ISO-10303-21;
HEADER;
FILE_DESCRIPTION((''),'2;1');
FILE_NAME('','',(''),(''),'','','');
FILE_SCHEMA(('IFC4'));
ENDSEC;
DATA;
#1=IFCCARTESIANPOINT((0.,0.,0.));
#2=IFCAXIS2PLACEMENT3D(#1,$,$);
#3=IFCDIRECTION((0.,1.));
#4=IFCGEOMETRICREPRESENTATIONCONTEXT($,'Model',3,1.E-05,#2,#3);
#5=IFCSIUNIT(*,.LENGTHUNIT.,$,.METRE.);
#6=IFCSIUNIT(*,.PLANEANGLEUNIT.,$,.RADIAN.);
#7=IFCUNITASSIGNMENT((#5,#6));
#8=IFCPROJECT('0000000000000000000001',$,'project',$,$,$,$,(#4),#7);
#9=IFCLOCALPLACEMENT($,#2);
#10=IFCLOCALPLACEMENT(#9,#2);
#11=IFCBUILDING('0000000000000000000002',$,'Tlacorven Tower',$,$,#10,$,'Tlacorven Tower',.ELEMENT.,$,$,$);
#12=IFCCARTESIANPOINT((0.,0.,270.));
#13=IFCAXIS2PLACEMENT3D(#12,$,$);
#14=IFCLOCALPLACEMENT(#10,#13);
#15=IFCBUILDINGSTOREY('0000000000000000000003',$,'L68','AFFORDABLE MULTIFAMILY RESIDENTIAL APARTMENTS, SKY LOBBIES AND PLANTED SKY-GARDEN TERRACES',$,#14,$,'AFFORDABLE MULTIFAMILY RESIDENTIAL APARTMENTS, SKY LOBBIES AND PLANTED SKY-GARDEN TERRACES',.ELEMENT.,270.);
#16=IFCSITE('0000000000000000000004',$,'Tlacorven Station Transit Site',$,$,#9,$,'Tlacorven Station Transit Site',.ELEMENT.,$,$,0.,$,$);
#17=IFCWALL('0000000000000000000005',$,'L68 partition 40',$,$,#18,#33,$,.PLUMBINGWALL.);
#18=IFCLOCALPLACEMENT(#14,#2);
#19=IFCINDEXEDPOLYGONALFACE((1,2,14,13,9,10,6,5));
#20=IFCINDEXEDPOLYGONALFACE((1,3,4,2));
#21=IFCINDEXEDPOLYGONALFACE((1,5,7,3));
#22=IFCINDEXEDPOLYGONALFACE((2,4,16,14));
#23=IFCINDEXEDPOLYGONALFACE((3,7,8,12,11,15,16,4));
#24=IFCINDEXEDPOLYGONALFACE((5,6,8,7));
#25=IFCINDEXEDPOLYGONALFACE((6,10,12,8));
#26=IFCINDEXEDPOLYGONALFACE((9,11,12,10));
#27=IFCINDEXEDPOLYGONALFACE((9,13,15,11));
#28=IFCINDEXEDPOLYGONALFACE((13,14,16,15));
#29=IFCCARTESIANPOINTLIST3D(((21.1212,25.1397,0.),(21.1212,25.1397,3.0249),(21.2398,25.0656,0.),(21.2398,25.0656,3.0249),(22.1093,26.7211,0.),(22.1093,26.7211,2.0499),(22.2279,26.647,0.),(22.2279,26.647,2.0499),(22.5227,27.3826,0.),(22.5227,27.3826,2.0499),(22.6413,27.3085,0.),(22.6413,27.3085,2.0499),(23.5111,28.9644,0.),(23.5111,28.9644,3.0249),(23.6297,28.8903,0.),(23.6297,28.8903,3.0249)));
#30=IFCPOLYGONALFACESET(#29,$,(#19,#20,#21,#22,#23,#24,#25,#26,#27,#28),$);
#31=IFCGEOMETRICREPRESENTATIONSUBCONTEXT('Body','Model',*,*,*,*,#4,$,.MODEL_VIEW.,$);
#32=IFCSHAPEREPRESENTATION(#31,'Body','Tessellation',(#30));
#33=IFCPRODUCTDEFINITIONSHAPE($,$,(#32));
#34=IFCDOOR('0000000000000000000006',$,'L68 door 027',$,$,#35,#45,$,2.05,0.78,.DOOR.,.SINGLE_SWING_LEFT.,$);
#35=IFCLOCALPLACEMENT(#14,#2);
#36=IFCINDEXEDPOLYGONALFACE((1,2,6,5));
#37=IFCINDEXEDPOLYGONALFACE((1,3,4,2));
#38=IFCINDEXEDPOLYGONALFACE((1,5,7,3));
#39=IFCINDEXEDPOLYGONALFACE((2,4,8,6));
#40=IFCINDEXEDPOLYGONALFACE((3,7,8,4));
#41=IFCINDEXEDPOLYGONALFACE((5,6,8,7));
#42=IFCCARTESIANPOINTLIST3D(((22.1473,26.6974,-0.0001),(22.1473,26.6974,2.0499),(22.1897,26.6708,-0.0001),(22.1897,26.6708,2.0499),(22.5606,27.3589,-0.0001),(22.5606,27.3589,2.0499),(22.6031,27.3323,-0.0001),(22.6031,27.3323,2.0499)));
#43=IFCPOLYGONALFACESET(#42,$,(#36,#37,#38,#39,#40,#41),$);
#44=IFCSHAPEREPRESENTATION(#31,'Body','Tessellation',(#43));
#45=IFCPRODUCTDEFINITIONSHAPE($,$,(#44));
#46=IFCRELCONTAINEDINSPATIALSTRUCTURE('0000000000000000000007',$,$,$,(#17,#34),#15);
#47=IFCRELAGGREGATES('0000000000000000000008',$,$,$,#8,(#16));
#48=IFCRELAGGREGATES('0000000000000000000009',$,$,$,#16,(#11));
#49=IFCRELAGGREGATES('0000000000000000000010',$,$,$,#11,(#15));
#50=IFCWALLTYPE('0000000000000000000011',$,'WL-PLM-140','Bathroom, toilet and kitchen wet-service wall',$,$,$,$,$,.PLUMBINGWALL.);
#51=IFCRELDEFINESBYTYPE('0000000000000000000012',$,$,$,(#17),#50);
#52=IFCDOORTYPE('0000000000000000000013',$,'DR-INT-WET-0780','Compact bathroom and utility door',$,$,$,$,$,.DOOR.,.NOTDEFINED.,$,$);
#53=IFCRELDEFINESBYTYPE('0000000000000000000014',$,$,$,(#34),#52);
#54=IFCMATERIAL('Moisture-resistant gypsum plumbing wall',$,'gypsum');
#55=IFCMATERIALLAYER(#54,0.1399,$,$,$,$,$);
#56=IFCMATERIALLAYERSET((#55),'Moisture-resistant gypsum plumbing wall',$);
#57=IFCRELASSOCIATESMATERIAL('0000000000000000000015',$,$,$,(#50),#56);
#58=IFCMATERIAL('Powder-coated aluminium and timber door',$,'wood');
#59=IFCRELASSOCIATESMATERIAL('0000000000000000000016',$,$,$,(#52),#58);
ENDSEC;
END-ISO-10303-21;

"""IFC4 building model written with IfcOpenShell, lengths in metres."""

from ifc_helpers import new_model, si_unit, direction, frame, frame_2d, origin, place, context, subcontext, project, spatial, rectangle, extrude, source, transform, mapped, material, layer, layer_set, type_object, element, fill, save


model = new_model("IFC4")

# Units and contexts
model_context = context("Model", 3, precision=1e-05, world=origin(), true_north=direction((0.0, 1.0)))
body_context = subcontext(model_context, "Body", "Model", "MODEL_VIEW")
ifc_project = project(units=[si_unit("LENGTHUNIT", "METRE"), si_unit("PLANEANGLEUNIT", "RADIAN")], contexts=[model_context])

# Site, building, storey
site_placement = place(None, origin())
site = spatial("IfcSite", under=ifc_project, at=site_placement, Name="Tlacorven Station Transit Site", LongName="Tlacorven Station Transit Site", CompositionType="ELEMENT", RefElevation=0.0)
building_placement = place(site_placement, origin())
building = spatial("IfcBuilding", under=site, at=building_placement, Name="Tlacorven Tower", LongName="Tlacorven Tower", CompositionType="ELEMENT")
storey_placement = place(building_placement, frame((0.0, 0.0, 270.0)))
storey = spatial("IfcBuildingStorey", under=building, at=storey_placement, Name="L68", Description="AFFORDABLE MULTIFAMILY RESIDENTIAL APARTMENTS, SKY LOBBIES AND PLANTED SKY-GARDEN TERRACES", LongName="AFFORDABLE MULTIFAMILY RESIDENTIAL APARTMENTS, SKY LOBBIES AND PLANTED SKY-GARDEN TERRACES", CompositionType="ELEMENT", Elevation=270.0)

# Wall, opening, door
ifc_material_1 = material(Name="Powder-coated aluminium and timber door", Category="wood")
ifc_material_2 = material(Name="Moisture-resistant gypsum plumbing wall", Category="gypsum")
ifc_layer_1 = layer(ifc_material_2, 0.1399)
ifc_layer_set_1 = layer_set([ifc_layer_1], Name="Moisture-resistant gypsum plumbing wall")
wall_type_1 = type_object("IfcWallType", Name="WL-PLM-140", Description="Bathroom, toilet and kitchen wet-service wall", PredefinedType="PLUMBINGWALL", material=ifc_layer_set_1)
wall_1_placement = place(storey_placement, frame((23.5703, 28.9272, 0.0), z_axis=(0.0, 0.0, 1.0), x_axis=(-0.529911, -0.848053, 0.0)))
wall_1 = element("IfcWall", 1, at=wall_1_placement, inside=storey, type_object=wall_type_1, Name="L68 partition 40", PredefinedType="PLUMBINGWALL", context=body_context, shape_type="SweptSolid", body=[
    extrude(rectangle(XDim=4.51, YDim=0.1399, at=frame_2d((2.2549, 0.0))), origin(), (0.0, 0.0, 1.0), 3.0249),
])
opening_1_placement = place(wall_1_placement, frame((1.865, 0.0, 0.0)))
opening_1 = element("IfcOpeningElement", 2, at=opening_1_placement, cuts=wall_1, PredefinedType="OPENING", context=body_context, shape_type="SweptSolid", body=[
    extrude(rectangle(XDim=0.78, YDim=2.05, at=frame_2d((0.3901, 1.0249))), frame((0.0, 0.0801, 0.0), z_axis=(0.0, -1.0, 0.0), x_axis=(1.0, 0.0, 0.0)), (0.0, 0.0, 1.0), 0.1599),
])
door_type_1 = type_object("IfcDoorType", Name="DR-INT-WET-0780", Description="Compact bathroom and utility door", OperationType="NOTDEFINED", PredefinedType="DOOR", material=ifc_material_1)
shared_shape_1 = source(origin(), body_context, "Body", "SweptSolid", [
    extrude(rectangle(XDim=0.78, YDim=2.05, at=frame_2d((0.3901, 1.0249))), frame((0.0, 0.0249, 0.0), z_axis=(0.0, -1.0, 0.0), x_axis=(1.0, 0.0, 0.0)), (0.0, 0.0, 1.0), 0.05),
])
door_1_placement = place(opening_1_placement, origin())
door_1 = element("IfcDoor", 3, at=door_1_placement, inside=storey, type_object=door_type_1, Name="L68 door 027", OperationType="SINGLE_SWING_LEFT", OverallHeight=2.05, OverallWidth=0.78, PredefinedType="DOOR", context=body_context, shape_type="MappedRepresentation", body=[
    mapped(shared_shape_1, transform((0.0, 0.0, 0.0), scale=1.0)),
])
fill(opening_1, door_1)

save(model, "model.ifc")
